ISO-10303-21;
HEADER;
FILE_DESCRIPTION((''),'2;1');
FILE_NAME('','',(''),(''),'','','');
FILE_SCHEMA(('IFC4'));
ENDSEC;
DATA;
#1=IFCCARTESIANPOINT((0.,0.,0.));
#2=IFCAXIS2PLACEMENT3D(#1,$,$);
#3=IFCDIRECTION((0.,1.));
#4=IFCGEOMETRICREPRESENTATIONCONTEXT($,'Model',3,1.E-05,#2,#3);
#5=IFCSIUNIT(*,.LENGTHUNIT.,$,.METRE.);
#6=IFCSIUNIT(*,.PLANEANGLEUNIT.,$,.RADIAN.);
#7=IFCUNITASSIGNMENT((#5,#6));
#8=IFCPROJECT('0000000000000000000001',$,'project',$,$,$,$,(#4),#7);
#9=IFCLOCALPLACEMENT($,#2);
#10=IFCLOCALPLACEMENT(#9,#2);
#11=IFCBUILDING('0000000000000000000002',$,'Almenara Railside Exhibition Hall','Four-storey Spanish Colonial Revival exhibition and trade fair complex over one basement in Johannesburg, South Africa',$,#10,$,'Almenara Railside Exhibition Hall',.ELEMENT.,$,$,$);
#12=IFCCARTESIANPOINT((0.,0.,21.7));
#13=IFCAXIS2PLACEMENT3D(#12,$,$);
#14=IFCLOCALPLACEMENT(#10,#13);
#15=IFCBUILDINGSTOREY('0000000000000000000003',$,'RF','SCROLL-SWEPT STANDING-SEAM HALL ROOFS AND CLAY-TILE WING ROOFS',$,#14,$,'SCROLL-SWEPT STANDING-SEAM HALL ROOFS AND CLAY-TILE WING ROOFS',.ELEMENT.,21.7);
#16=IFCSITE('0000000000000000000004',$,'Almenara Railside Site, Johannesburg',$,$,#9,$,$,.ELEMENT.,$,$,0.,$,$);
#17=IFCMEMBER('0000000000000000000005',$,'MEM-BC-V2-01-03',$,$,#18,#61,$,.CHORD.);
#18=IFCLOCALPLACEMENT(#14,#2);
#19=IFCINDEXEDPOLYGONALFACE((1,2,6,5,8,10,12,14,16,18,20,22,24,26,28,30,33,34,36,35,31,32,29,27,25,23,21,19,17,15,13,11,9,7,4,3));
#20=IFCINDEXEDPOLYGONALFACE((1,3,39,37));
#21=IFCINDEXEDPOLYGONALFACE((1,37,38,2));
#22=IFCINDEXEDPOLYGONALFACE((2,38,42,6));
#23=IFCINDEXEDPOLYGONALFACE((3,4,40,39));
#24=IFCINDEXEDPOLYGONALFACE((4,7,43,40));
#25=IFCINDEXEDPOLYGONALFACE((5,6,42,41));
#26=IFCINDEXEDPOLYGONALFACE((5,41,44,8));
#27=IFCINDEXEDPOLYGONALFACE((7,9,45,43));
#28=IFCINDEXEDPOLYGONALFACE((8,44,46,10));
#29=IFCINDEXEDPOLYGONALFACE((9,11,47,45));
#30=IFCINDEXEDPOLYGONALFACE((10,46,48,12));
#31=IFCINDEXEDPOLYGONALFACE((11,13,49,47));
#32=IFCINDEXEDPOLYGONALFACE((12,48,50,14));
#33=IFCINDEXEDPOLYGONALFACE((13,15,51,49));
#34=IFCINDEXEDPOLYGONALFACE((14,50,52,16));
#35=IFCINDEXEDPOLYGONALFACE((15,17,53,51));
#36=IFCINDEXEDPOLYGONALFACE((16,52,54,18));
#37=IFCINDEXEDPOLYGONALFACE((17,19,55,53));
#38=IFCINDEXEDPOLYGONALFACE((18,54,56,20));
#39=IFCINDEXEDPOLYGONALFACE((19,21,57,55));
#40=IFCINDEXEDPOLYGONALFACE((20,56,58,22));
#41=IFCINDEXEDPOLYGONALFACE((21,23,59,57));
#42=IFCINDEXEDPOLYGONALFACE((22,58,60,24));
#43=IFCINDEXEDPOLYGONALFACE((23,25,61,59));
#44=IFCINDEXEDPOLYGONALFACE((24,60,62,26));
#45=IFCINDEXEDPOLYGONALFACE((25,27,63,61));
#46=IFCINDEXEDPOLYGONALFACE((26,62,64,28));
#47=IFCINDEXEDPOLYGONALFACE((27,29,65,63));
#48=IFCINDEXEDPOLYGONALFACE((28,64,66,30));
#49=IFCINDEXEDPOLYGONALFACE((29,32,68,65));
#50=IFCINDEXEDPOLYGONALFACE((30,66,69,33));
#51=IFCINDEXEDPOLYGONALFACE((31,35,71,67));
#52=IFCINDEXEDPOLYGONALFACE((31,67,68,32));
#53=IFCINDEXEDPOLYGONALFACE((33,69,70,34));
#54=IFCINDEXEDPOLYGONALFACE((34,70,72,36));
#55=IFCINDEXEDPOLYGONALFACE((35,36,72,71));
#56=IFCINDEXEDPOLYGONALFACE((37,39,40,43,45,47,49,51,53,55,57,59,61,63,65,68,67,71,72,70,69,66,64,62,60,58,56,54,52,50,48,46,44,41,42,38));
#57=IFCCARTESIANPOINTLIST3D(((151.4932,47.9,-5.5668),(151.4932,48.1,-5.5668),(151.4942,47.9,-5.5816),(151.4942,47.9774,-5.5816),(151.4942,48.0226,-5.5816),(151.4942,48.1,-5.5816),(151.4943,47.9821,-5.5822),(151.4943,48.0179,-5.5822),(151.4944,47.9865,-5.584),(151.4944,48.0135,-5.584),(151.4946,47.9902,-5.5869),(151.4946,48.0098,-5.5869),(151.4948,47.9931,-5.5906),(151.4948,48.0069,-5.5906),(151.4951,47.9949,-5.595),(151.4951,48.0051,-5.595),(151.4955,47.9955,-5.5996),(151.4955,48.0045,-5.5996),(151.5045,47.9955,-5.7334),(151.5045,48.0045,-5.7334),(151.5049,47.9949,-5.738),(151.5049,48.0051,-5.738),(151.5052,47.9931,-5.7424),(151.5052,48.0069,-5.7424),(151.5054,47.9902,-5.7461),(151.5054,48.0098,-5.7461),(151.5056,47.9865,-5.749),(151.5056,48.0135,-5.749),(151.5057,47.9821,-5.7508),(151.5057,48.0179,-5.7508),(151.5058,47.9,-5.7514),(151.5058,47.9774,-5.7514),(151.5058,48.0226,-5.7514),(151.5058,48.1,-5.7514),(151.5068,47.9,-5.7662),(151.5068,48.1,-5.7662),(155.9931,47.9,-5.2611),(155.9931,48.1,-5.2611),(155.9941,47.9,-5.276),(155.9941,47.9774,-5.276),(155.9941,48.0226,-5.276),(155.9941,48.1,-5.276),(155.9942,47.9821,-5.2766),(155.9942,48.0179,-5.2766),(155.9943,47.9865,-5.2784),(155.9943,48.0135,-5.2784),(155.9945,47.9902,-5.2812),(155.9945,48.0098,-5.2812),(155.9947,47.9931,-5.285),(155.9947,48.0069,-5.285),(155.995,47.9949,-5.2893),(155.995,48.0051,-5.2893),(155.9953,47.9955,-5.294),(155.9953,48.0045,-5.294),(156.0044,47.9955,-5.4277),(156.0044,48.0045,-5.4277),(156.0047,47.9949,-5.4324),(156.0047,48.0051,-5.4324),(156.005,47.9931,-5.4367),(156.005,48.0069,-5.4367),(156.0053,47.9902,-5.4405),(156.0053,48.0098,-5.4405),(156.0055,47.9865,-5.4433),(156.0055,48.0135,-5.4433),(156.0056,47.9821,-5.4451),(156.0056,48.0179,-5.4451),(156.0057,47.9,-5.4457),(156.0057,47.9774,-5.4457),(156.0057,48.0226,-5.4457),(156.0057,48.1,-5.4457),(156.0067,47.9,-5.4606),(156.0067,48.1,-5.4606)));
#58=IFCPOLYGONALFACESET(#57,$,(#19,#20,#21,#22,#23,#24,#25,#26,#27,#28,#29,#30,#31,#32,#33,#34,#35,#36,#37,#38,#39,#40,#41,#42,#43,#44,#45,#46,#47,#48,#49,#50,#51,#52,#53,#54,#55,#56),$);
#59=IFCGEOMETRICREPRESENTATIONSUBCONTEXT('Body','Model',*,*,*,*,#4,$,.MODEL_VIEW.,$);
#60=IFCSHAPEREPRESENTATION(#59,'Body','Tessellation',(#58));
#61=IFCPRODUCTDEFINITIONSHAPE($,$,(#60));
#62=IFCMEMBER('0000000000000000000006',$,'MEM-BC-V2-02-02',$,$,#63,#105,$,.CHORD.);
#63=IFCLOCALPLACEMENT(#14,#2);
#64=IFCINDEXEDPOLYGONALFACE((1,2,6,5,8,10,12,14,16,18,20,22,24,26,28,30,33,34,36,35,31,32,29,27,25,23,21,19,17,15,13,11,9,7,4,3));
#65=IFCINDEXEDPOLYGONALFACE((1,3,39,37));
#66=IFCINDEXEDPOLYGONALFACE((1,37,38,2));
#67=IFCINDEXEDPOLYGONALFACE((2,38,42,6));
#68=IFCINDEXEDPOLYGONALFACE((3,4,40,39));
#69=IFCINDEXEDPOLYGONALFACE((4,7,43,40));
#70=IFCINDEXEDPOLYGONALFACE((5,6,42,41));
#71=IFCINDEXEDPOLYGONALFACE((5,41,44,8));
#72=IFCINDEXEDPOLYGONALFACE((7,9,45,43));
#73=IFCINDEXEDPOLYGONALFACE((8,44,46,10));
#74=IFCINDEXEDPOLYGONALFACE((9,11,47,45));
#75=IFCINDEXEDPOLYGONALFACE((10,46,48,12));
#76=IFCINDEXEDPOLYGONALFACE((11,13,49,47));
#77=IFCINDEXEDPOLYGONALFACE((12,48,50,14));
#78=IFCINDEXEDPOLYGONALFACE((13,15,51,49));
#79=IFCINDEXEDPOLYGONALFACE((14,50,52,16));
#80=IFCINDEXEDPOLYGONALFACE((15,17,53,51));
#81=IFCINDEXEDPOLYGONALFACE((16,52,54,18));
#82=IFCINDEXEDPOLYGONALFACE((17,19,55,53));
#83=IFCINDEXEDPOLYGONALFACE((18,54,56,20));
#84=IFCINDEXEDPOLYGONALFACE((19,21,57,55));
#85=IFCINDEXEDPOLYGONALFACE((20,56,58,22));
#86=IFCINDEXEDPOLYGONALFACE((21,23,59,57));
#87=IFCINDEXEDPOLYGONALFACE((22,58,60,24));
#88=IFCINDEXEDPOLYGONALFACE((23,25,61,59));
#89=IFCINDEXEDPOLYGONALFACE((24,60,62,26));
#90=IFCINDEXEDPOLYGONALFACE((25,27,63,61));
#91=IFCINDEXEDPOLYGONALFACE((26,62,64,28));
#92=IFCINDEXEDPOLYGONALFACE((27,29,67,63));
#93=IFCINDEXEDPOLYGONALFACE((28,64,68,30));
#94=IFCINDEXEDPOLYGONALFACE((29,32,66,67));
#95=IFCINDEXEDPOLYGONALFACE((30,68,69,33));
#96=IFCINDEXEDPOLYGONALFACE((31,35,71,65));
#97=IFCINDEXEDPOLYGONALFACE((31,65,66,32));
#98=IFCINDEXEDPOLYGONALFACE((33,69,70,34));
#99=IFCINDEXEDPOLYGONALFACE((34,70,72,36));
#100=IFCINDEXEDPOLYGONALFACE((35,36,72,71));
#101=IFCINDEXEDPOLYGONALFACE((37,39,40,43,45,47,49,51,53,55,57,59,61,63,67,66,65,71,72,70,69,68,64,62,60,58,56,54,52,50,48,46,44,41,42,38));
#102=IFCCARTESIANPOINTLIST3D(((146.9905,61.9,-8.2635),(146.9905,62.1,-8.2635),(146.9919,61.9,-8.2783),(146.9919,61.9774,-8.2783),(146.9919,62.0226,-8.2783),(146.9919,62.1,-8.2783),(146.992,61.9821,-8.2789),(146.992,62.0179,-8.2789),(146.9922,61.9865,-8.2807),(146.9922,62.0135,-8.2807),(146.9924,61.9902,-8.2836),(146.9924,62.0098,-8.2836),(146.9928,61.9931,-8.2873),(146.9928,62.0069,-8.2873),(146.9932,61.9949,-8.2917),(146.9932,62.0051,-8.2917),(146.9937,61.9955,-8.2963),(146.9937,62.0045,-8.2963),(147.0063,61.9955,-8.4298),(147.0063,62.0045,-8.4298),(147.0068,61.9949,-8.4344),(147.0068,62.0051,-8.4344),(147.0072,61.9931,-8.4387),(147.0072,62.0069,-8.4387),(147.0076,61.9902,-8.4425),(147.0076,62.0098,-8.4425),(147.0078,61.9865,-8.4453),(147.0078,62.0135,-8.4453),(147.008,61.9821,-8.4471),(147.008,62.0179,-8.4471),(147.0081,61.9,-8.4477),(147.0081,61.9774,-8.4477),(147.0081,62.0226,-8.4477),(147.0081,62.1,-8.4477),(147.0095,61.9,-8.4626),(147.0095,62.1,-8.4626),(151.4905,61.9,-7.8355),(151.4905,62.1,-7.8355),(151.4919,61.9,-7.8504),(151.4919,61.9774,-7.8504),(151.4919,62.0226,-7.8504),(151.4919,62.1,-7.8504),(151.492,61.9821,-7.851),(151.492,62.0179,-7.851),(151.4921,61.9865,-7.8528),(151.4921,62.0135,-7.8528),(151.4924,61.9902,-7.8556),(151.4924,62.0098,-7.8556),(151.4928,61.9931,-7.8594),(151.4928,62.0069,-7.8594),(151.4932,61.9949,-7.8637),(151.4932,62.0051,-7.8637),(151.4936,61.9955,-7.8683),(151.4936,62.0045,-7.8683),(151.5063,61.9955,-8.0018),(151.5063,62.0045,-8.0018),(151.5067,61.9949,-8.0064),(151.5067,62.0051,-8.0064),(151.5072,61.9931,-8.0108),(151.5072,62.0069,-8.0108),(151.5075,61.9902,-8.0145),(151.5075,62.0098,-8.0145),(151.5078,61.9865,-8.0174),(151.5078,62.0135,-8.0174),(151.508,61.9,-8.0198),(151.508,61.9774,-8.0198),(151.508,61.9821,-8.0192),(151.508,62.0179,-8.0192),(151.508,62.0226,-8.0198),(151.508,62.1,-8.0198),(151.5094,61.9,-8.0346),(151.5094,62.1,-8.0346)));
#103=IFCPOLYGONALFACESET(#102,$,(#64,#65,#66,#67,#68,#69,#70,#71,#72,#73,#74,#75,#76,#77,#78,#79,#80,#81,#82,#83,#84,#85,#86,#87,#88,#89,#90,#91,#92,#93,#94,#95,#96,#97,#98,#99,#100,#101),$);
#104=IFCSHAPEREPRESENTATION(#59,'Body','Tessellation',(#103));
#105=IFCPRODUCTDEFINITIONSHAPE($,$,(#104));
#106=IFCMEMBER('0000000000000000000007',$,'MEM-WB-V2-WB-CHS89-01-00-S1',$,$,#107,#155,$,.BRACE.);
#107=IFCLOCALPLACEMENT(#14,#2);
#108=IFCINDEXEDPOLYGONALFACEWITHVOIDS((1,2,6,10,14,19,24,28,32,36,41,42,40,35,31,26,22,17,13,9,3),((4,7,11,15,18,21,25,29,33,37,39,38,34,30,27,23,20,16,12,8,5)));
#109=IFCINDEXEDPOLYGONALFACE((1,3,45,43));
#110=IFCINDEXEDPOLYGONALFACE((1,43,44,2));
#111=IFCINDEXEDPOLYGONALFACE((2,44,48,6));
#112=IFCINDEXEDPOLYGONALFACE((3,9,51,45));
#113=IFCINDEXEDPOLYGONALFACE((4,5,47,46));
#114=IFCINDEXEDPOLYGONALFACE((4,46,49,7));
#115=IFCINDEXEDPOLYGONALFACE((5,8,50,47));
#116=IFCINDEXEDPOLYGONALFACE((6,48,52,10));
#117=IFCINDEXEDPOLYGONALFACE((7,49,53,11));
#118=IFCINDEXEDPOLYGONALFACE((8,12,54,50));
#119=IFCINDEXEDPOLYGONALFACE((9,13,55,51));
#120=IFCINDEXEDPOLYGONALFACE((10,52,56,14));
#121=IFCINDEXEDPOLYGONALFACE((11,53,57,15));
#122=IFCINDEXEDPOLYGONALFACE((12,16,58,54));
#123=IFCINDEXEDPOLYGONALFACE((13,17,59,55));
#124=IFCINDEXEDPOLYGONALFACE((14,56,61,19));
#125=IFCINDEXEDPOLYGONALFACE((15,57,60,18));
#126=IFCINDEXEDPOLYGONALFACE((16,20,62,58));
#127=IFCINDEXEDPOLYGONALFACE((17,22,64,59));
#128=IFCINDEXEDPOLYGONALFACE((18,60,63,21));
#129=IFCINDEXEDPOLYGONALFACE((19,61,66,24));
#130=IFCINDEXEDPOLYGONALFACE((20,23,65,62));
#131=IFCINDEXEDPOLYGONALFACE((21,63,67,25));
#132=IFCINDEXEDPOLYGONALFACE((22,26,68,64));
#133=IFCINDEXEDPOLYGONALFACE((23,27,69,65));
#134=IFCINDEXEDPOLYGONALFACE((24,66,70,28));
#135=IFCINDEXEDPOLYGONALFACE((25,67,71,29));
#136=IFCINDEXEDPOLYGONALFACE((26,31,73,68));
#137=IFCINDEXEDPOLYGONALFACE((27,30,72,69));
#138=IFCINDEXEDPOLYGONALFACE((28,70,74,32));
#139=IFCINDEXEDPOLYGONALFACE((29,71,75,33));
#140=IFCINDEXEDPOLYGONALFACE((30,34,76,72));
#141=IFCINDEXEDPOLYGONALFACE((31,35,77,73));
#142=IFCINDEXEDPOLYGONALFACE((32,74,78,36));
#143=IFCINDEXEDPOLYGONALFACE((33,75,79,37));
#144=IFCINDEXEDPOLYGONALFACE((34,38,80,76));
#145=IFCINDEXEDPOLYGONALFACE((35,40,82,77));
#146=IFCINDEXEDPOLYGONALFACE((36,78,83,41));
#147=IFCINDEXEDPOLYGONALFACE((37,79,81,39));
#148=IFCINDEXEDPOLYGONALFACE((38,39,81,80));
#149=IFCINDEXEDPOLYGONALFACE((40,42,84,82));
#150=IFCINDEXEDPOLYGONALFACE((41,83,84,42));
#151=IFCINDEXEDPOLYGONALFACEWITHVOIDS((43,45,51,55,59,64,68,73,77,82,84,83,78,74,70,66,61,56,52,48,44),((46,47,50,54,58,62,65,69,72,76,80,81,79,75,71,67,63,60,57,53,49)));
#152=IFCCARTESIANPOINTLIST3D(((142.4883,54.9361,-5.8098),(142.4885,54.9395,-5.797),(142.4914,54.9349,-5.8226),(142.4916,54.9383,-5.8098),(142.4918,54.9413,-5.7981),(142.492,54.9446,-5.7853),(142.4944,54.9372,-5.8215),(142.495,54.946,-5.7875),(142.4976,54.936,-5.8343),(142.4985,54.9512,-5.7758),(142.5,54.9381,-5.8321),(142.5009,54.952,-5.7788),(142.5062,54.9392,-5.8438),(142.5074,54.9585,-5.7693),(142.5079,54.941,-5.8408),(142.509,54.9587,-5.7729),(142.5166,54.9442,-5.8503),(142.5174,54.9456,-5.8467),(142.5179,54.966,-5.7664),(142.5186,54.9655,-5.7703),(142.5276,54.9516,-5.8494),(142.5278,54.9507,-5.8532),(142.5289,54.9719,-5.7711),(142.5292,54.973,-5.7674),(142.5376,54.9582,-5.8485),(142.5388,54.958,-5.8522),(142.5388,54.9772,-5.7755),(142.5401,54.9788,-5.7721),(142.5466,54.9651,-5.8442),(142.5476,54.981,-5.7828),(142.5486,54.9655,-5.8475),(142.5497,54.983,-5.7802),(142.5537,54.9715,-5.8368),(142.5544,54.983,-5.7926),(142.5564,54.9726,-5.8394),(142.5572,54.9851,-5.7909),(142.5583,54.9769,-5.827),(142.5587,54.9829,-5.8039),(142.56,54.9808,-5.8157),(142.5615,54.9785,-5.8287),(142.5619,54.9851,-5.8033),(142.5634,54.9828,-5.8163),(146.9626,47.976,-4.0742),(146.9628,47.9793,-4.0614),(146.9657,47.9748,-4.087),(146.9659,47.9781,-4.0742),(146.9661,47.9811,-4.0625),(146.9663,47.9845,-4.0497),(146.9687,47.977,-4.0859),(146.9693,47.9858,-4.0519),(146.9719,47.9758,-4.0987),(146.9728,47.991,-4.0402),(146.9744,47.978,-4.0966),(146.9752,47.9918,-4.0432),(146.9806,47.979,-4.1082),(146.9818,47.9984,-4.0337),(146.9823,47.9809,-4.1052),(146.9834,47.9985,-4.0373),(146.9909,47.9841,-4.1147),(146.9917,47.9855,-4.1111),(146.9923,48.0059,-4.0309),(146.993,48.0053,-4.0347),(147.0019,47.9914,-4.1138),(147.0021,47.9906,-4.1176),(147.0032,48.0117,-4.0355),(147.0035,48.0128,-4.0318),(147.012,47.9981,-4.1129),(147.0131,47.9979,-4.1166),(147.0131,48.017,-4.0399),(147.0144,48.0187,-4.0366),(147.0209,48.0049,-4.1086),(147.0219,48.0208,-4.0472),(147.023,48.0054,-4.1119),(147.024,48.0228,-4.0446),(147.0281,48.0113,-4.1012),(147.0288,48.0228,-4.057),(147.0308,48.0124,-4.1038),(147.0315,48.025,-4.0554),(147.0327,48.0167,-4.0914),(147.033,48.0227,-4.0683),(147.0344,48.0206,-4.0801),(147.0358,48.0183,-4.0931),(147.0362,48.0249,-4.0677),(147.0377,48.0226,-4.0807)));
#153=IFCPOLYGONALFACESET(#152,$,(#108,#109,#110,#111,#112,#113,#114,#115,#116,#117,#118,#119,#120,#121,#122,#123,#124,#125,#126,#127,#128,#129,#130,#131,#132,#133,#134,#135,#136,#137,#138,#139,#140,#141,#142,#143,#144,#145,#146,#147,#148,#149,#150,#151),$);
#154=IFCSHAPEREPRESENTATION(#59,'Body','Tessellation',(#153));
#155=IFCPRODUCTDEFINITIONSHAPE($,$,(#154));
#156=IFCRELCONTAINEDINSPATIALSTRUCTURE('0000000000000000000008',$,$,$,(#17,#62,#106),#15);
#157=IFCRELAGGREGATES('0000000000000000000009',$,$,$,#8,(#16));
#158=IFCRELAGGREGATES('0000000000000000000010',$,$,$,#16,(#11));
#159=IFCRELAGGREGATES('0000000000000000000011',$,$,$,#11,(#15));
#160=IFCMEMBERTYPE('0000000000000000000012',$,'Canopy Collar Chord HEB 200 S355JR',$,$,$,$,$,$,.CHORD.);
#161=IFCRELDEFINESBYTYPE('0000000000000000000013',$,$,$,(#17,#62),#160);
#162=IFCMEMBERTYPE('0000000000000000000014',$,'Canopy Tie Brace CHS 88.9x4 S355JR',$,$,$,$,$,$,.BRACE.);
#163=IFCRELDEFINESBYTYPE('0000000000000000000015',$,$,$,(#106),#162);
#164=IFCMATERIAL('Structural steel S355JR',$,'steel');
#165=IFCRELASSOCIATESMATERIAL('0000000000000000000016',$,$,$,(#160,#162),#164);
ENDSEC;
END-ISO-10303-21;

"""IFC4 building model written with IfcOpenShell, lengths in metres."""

from ifc_helpers import new_model, si_unit, direction, frame, origin, origin_2d, place, context, subcontext, project, spatial, hollow_circle, i_section, extrude, material, material_profile, profile_set, type_object, element, save


model = new_model("IFC4")

# Units and contexts
model_context = context("Model", 3, precision=1e-05, world=origin(), true_north=direction((0.0, 1.0)))
body_context = subcontext(model_context, "Body", "Model", "MODEL_VIEW")
ifc_project = project(units=[si_unit("LENGTHUNIT", "METRE"), si_unit("PLANEANGLEUNIT", "RADIAN")], contexts=[model_context])

# Site, building, storey
site_placement = place(None, origin())
site = spatial("IfcSite", under=ifc_project, at=site_placement, Name="Almenara Railside Site, Johannesburg", CompositionType="ELEMENT", RefElevation=0.0)
building_placement = place(site_placement, origin())
building = spatial("IfcBuilding", under=site, at=building_placement, Name="Almenara Railside Exhibition Hall", Description="Four-storey Spanish Colonial Revival exhibition and trade fair complex over one basement in Johannesburg, South Africa", LongName="Almenara Railside Exhibition Hall", CompositionType="ELEMENT")
storey_placement = place(building_placement, frame((0.0, 0.0, 21.7)))
storey = spatial("IfcBuildingStorey", under=building, at=storey_placement, Name="RF", Description="SCROLL-SWEPT STANDING-SEAM HALL ROOFS AND CLAY-TILE WING ROOFS", LongName="SCROLL-SWEPT STANDING-SEAM HALL ROOFS AND CLAY-TILE WING ROOFS", CompositionType="ELEMENT", Elevation=21.7)

# Members
ifc_material = material(Name="Structural steel S355JR", Category="steel")
ifc_material_profile_1 = material_profile(ifc_material, i_section(OverallWidth=0.2, OverallDepth=0.2, WebThickness=0.009, FlangeThickness=0.0149, FilletRadius=0.0181, at=origin_2d()), Name="HEB 200")
ifc_profile_set_1 = profile_set([ifc_material_profile_1], Name="Structural steel S355JR")
member_type_1 = type_object("IfcMemberType", Name="Canopy Collar Chord HEB 200 S355JR", PredefinedType="CHORD", material=ifc_profile_set_1)
member_1_placement = place(storey_placement, frame((151.5, 48.0, -5.6665), z_axis=(0.997701, 0.0, 0.067769), x_axis=(0.0, 1.0, 0.0)))
element("IfcMember", 1, at=member_1_placement, inside=storey, type_object=member_type_1, Name="MEM-BC-V2-01-03", PredefinedType="CHORD", context=body_context, shape_type="SweptSolid", body=[
    extrude(i_section(OverallWidth=0.2, OverallDepth=0.2, WebThickness=0.009, FlangeThickness=0.0149, FilletRadius=0.0181, at=origin_2d()), origin(), (0.0, 0.0, 1.0), 4.5103),
])
member_2_placement = place(storey_placement, frame((147.0, 62.0, -8.363), z_axis=(0.995508, 0.0, 0.094679), x_axis=(0.0, 1.0, 0.0)))
element("IfcMember", 2, at=member_2_placement, inside=storey, type_object=member_type_1, Name="MEM-BC-V2-02-02", PredefinedType="CHORD", context=body_context, shape_type="SweptSolid", body=[
    extrude(i_section(OverallWidth=0.2, OverallDepth=0.2, WebThickness=0.009, FlangeThickness=0.0149, FilletRadius=0.0181, at=origin_2d()), origin(), (0.0, 0.0, 1.0), 4.5203),
])
ifc_material_profile_2 = material_profile(ifc_material, hollow_circle(Radius=0.0444, WallThickness=0.0039, at=origin_2d()), Name="CHS 88.9x4")
ifc_profile_set_2 = profile_set([ifc_material_profile_2], Name="Structural steel S355JR")
member_type_2 = type_object("IfcMemberType", Name="Canopy Tie Brace CHS 88.9x4 S355JR", PredefinedType="BRACE", material=ifc_profile_set_2)
for number, where, z_axis, x_axis, name in (
    (3, (147.0, 48.0, -4.0742), (-0.529236, 0.823265, -0.205289), (-0.841181, -0.540753, 0.0), "MEM-WB-V2-WB-CHS89-01-00-S1"),
):
    element("IfcMember", number, at=place(storey_placement, frame(where, z_axis=z_axis, x_axis=x_axis)), inside=storey, type_object=member_type_2, Name=name, PredefinedType="BRACE", context=body_context, shape_type="SweptSolid", body=[
        extrude(hollow_circle(Radius=0.0444, WallThickness=0.0039, at=origin_2d()), origin(), (0.0, 0.0, 1.0), 8.4543),
    ])

save(model, "model.ifc")
